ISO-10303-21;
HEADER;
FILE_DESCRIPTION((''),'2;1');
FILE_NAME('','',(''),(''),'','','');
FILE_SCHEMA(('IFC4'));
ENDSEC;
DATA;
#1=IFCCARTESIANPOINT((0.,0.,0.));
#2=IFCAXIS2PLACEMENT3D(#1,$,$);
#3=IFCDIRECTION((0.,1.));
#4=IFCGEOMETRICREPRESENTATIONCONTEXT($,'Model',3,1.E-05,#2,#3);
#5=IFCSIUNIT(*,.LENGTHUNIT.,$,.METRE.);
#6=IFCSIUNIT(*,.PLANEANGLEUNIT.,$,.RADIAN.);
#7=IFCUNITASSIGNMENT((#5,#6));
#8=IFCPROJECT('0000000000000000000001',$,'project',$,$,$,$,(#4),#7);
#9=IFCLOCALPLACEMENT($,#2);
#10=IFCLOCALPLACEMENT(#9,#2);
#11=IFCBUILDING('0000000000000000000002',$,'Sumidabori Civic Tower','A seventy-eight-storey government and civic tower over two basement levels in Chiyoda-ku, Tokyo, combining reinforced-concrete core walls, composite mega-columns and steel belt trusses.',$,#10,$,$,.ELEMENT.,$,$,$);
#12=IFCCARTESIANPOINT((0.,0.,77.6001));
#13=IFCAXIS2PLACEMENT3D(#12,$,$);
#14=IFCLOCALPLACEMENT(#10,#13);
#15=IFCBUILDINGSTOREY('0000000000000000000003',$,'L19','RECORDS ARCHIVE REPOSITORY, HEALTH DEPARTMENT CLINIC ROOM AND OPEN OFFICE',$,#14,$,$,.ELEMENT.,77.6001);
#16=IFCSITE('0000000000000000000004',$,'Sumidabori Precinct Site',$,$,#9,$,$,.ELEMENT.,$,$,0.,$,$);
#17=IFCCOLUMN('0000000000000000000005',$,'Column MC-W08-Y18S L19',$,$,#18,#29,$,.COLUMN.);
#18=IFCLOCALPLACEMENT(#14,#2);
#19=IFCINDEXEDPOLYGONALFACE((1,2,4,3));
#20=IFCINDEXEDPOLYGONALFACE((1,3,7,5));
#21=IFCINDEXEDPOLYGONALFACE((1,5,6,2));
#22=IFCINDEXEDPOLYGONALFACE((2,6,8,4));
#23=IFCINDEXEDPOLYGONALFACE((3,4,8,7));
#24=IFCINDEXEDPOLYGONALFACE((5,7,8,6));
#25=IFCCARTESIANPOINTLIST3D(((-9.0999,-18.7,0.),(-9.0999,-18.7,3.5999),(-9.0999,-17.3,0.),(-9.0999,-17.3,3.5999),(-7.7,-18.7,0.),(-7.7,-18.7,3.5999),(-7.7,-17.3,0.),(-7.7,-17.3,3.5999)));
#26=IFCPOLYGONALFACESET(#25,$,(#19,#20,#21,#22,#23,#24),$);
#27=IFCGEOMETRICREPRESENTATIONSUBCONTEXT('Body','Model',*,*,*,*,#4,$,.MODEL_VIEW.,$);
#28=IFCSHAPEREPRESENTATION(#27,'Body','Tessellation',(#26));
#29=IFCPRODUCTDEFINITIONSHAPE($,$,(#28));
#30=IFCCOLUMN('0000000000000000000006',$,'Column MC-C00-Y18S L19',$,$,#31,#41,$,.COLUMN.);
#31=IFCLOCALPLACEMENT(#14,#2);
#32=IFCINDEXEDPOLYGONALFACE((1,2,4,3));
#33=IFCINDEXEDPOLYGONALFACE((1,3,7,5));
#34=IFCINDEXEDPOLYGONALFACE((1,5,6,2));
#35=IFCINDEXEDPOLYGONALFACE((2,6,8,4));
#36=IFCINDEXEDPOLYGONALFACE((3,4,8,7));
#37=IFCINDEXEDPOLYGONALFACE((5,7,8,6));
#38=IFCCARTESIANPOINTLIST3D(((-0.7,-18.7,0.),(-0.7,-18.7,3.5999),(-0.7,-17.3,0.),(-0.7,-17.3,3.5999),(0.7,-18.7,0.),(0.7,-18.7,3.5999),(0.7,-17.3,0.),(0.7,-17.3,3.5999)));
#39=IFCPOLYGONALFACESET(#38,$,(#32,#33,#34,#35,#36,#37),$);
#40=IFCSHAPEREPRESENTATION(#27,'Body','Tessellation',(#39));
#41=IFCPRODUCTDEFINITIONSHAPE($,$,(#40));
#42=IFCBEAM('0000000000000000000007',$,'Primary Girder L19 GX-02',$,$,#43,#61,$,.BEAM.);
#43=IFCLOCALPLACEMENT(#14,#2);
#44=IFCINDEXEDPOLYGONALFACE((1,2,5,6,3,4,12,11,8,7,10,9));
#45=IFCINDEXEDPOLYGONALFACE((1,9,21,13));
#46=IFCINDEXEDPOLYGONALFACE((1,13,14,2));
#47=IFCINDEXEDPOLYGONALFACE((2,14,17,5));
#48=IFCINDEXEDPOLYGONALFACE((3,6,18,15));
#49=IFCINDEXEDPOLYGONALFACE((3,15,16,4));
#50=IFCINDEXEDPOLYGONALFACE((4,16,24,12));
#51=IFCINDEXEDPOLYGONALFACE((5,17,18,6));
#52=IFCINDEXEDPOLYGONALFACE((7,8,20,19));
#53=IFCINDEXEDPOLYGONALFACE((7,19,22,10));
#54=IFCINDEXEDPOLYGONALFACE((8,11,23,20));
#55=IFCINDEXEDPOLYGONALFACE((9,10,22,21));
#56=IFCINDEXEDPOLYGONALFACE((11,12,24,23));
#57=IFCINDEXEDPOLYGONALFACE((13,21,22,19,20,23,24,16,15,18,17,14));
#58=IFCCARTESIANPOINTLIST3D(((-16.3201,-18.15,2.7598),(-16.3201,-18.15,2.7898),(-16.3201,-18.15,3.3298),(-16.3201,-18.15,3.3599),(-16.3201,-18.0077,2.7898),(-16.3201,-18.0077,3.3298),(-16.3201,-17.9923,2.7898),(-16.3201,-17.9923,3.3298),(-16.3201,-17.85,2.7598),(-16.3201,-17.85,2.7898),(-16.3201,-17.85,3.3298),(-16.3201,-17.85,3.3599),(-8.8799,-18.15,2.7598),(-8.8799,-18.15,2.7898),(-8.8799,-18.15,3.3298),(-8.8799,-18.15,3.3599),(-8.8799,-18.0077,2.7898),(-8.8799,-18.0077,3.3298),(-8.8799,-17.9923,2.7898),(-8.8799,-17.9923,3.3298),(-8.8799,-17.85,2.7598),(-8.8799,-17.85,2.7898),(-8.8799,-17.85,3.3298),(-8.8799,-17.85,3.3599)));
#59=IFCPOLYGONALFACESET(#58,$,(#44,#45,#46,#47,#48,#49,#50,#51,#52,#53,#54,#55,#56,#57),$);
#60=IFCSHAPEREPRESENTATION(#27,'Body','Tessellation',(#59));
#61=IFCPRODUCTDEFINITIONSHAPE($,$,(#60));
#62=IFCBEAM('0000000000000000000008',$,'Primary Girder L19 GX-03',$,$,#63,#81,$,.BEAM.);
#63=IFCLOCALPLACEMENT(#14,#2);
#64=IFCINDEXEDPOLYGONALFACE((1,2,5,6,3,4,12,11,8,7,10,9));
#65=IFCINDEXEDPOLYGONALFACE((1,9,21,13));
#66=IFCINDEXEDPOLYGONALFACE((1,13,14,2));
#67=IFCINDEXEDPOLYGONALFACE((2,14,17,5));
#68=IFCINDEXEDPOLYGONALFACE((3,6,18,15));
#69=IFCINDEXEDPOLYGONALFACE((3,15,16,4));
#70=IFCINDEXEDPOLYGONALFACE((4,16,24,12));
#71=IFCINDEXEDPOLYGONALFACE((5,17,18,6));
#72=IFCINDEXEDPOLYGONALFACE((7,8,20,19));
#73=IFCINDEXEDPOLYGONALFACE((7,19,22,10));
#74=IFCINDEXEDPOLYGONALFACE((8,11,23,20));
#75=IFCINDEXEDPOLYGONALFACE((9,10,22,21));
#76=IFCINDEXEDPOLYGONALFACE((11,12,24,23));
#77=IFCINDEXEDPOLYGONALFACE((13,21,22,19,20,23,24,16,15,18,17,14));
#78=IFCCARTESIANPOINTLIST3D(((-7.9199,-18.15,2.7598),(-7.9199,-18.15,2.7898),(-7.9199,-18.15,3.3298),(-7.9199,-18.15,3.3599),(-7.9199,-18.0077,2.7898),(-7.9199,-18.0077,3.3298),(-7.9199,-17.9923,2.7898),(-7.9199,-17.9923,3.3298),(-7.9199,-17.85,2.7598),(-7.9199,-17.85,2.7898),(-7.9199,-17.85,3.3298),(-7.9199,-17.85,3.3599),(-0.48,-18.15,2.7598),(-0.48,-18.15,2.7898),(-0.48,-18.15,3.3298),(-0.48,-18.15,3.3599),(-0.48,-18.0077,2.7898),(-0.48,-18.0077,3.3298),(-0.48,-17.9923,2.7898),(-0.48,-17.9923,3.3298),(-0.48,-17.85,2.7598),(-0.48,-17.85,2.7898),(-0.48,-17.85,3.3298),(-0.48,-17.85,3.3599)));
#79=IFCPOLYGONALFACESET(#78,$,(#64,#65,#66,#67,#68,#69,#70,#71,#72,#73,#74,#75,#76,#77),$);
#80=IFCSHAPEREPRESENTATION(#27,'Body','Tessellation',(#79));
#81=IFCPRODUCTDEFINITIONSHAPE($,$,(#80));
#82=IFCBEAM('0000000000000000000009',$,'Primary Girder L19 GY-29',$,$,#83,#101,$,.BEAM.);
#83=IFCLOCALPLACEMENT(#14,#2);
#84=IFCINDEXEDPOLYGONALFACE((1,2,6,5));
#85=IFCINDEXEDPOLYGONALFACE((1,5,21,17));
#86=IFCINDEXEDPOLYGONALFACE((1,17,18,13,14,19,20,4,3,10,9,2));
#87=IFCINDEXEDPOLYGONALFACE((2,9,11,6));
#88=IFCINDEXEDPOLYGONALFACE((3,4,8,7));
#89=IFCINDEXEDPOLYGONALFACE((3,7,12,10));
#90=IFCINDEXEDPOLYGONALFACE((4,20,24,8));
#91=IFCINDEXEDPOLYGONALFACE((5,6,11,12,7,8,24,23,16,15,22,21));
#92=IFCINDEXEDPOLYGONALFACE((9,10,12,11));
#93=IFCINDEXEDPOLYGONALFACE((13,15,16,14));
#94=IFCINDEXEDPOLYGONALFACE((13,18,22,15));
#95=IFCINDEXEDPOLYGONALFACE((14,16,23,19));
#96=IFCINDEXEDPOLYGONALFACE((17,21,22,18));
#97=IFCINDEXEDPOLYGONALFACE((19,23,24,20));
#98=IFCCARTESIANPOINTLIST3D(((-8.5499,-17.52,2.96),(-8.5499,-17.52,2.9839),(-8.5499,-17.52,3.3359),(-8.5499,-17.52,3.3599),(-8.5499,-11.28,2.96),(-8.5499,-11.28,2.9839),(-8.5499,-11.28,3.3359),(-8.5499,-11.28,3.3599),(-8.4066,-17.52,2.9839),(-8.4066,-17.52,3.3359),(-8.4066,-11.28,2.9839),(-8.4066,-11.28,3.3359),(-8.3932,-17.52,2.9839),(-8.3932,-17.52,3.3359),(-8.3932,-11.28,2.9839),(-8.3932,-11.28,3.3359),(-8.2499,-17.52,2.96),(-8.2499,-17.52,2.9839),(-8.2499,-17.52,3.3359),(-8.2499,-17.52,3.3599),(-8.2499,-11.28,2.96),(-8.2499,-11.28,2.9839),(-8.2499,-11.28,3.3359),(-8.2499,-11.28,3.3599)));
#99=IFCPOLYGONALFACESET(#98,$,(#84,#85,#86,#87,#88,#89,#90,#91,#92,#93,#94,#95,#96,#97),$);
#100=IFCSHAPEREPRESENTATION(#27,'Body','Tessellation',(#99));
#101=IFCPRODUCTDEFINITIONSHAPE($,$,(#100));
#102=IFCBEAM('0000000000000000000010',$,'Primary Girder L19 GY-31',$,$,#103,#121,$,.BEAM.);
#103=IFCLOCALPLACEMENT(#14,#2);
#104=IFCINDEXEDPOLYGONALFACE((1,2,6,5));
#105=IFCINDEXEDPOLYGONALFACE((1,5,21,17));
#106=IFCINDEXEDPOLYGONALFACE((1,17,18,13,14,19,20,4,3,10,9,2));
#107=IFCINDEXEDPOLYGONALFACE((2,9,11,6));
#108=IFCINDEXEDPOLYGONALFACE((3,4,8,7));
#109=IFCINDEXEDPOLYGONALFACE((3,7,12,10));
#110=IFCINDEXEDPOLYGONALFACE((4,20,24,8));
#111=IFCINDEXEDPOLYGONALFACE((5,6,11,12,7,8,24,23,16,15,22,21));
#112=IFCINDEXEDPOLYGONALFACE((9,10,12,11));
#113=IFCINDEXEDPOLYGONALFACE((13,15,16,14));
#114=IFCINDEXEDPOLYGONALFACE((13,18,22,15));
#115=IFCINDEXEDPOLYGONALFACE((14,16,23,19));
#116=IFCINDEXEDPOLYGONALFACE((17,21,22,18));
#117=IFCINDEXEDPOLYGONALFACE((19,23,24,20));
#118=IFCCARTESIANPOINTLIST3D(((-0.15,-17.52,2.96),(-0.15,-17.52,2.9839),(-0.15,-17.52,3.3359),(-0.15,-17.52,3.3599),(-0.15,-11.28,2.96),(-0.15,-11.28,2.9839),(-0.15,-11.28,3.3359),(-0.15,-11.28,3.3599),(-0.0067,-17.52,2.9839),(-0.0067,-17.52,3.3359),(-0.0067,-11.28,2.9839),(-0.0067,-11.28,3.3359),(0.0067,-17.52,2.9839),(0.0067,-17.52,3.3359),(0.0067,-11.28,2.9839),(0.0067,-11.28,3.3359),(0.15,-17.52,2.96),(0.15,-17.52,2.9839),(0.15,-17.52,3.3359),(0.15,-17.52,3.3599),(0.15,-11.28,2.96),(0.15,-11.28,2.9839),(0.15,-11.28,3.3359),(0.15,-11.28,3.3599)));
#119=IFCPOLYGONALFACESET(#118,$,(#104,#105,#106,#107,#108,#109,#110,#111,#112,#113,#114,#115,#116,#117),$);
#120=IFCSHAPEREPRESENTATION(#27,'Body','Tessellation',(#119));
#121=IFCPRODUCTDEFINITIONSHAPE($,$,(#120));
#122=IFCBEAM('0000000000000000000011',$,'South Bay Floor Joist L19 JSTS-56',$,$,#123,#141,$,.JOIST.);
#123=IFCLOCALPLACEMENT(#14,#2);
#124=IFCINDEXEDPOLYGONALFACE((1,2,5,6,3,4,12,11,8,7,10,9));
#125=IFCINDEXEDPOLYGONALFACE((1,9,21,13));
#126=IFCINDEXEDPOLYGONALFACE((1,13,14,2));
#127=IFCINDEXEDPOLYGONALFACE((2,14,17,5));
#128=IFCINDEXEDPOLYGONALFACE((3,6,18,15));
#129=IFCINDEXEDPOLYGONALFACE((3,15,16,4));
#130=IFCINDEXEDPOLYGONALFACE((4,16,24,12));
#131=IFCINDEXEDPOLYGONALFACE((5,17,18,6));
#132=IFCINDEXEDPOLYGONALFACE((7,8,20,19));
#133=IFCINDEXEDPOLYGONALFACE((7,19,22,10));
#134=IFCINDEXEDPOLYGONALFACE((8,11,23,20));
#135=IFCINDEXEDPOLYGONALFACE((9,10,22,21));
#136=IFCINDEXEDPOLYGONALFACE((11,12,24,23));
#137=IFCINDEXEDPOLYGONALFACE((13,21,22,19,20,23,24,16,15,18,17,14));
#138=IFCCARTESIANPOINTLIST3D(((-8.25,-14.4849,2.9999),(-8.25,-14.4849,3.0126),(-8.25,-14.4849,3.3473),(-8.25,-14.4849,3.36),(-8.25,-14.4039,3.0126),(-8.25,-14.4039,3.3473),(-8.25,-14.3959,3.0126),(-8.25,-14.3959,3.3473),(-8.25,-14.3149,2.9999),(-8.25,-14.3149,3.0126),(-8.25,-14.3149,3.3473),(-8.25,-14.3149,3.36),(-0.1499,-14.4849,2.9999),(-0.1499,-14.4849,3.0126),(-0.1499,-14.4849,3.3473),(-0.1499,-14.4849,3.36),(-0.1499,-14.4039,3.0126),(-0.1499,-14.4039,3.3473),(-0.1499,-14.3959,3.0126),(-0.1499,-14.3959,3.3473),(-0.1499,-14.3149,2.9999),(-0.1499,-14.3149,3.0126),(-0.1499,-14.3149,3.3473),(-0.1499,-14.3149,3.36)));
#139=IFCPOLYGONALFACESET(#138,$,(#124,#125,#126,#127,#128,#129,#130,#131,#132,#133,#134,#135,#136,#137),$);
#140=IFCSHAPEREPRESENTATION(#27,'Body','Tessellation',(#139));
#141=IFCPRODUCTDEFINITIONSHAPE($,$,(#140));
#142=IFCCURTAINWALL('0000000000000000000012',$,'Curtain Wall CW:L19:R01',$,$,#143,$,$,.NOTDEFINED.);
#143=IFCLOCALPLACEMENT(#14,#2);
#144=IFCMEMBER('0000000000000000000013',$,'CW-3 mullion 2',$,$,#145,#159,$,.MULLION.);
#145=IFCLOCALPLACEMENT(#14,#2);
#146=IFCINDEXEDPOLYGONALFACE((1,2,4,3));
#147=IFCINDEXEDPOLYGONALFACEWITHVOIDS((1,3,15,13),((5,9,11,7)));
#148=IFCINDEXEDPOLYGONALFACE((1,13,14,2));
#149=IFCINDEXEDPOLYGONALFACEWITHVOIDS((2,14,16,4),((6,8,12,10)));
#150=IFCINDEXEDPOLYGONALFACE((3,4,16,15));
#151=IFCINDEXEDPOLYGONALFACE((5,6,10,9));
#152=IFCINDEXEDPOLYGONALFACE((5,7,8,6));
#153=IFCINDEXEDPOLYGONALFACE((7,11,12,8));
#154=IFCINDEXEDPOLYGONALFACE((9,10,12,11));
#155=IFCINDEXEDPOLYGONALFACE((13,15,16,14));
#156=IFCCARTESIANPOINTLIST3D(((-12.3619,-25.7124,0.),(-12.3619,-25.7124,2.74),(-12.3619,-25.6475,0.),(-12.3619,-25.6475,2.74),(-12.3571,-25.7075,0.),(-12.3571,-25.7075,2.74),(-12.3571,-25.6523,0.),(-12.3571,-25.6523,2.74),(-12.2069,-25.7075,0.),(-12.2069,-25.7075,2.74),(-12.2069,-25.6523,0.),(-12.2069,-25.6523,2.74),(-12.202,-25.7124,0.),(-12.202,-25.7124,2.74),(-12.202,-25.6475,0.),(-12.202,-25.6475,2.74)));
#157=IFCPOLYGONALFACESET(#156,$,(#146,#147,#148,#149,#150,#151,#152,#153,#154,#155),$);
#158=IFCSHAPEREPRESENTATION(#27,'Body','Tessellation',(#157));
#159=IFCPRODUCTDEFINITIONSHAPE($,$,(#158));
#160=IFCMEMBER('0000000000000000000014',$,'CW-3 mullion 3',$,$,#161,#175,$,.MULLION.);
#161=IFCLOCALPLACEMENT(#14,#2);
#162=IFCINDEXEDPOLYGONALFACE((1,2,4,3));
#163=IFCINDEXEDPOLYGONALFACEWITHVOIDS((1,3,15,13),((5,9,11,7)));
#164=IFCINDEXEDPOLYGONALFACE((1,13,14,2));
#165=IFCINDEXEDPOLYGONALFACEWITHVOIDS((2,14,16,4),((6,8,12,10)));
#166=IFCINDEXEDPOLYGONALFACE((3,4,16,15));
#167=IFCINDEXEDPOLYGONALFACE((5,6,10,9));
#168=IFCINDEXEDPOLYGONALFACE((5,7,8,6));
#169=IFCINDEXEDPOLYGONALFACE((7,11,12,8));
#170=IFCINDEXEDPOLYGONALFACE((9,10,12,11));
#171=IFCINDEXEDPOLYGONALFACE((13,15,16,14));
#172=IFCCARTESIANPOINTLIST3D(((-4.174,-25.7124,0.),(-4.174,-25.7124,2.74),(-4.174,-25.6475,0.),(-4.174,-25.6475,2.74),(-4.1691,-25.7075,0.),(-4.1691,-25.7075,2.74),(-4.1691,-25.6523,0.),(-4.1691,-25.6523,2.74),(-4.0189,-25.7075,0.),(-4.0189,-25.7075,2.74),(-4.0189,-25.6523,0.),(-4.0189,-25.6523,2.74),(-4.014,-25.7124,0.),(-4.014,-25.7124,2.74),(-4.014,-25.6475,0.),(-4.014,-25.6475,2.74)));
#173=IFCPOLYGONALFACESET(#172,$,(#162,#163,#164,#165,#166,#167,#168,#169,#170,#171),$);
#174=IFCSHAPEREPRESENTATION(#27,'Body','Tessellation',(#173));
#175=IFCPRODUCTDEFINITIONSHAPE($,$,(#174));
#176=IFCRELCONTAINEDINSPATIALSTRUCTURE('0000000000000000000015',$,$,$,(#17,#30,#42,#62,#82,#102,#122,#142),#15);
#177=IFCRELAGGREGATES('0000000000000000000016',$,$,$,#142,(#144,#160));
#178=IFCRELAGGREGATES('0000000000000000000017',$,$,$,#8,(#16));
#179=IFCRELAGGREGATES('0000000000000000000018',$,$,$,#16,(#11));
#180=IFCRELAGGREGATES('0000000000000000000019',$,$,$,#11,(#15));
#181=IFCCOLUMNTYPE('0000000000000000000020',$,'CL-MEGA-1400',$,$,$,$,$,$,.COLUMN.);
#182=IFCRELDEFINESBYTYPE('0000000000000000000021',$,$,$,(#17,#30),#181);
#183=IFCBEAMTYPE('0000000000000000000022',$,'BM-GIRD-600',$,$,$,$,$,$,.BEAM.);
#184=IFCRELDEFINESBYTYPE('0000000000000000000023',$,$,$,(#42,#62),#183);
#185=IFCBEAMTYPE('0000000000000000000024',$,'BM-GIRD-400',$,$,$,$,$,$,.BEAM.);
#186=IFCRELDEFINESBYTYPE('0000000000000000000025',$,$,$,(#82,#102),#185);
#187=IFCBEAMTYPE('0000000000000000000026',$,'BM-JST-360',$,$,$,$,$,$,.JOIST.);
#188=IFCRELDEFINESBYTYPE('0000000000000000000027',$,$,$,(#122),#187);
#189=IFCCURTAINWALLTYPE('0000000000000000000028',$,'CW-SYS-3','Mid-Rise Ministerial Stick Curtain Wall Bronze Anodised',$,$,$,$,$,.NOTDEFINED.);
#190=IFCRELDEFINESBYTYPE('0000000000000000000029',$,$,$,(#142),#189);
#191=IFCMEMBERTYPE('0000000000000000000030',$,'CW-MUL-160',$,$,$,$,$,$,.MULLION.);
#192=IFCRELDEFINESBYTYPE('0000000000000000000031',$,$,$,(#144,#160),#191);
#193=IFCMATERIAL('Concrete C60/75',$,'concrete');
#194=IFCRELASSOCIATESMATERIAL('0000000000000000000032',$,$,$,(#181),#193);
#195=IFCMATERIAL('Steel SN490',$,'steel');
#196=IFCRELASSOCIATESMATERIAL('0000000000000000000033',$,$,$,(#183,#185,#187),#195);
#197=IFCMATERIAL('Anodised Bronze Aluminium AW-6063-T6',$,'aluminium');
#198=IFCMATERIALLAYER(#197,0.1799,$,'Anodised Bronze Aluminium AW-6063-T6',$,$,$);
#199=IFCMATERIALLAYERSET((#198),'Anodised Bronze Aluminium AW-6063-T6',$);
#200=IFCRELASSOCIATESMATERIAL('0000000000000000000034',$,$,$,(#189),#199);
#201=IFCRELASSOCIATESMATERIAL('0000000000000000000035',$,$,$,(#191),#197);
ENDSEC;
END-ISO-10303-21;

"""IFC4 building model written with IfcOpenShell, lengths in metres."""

from ifc_helpers import new_model, si_unit, direction, frame, origin, origin_2d, place, context, subcontext, project, spatial, rectangle, hollow_rectangle, i_section, extrude, source, transform, mapped, material, layer, layer_set, material_profile, profile_set, type_object, element, aggregate, save


model = new_model("IFC4")

# Units and contexts
model_context = context("Model", 3, precision=1e-05, world=origin(), true_north=direction((0.0, 1.0)))
body_context = subcontext(model_context, "Body", "Model", "MODEL_VIEW")
ifc_project = project(units=[si_unit("LENGTHUNIT", "METRE"), si_unit("PLANEANGLEUNIT", "RADIAN")], contexts=[model_context])

# Site, building, storey
site_placement = place(None, origin())
site = spatial("IfcSite", under=ifc_project, at=site_placement, Name="Sumidabori Precinct Site", CompositionType="ELEMENT", RefElevation=0.0)
building_placement = place(site_placement, origin())
building = spatial("IfcBuilding", under=site, at=building_placement, Name="Sumidabori Civic Tower", Description="A seventy-eight-storey government and civic tower over two basement levels in Chiyoda-ku, Tokyo, combining reinforced-concrete core walls, composite mega-columns and steel belt trusses.", CompositionType="ELEMENT")
storey_placement = place(building_placement, frame((0.0, 0.0, 77.6001)))
storey = spatial("IfcBuildingStorey", under=building, at=storey_placement, Name="L19", Description="RECORDS ARCHIVE REPOSITORY, HEALTH DEPARTMENT CLINIC ROOM AND OPEN OFFICE", CompositionType="ELEMENT", Elevation=77.6001)

# Columns
ifc_material_1 = material(Name="Concrete C60/75", Category="concrete")
ifc_material_profile_1 = material_profile(ifc_material_1, rectangle(XDim=1.3999, YDim=1.3999, at=origin_2d()), Name="RC 1400x1400")
ifc_profile_set_1 = profile_set([ifc_material_profile_1], Name="Concrete C60/75")
column_type = type_object("IfcColumnType", Name="CL-MEGA-1400", PredefinedType="COLUMN", material=ifc_profile_set_1)
shared_shape_1 = source(origin(), body_context, "Body", "SweptSolid", [
    extrude(rectangle(XDim=1.3999, YDim=1.3999, at=origin_2d()), origin(), (0.0, 0.0, 1.0), 3.5999),
])
for number, where, z_axis, x_axis, name in (
    (1, (-8.3999, -18.0, 0.0), (0.0, 0.0, 1.0), (1.0, 0.0, 0.0), "Column MC-W08-Y18S L19"),
    (2, (0.0, -18.0, 0.0), (0.0, 0.0, 1.0), (1.0, 0.0, 0.0), "Column MC-C00-Y18S L19"),
):
    element("IfcColumn", number, at=place(storey_placement, frame(where, z_axis=z_axis, x_axis=x_axis)), inside=storey, type_object=column_type, Name=name, PredefinedType="COLUMN", context=body_context, shape_type="MappedRepresentation", body=[
        mapped(shared_shape_1, transform((0.0, 0.0, 0.0), x_axis=(1.0, 0.0, 0.0), y_axis=(0.0, 1.0, 0.0), z_axis=(0.0, 0.0, 1.0), scale=1.0)),
    ])

# Beams
ifc_material_2 = material(Name="Steel SN490", Category="steel")
ifc_material_profile_2 = material_profile(ifc_material_2, i_section(OverallWidth=0.3, OverallDepth=0.6001, WebThickness=0.0154, FlangeThickness=0.03, at=origin_2d()), Name="HE 600 B")
ifc_profile_set_2 = profile_set([ifc_material_profile_2], Name="Steel SN490")
beam_type_1 = type_object("IfcBeamType", Name="BM-GIRD-600", PredefinedType="BEAM", material=ifc_profile_set_2)
shared_shape_2 = source(origin(), body_context, "Body", "SweptSolid", [
    extrude(i_section(OverallWidth=0.3, OverallDepth=0.6001, WebThickness=0.0154, FlangeThickness=0.03, at=origin_2d()), origin(), (0.0, 0.0, 1.0), 7.4402),
])
beam_1_placement = place(storey_placement, frame((-16.3201, -18.0, 3.0598), z_axis=(1.0, 0.0, 0.0), x_axis=(0.0, 1.0, 0.0)))
element("IfcBeam", 3, at=beam_1_placement, inside=storey, type_object=beam_type_1, Name="Primary Girder L19 GX-02", PredefinedType="BEAM", context=body_context, shape_type="MappedRepresentation", body=[
    mapped(shared_shape_2, transform((0.0, 0.0, 0.0), x_axis=(1.0, 0.0, 0.0), y_axis=(0.0, 1.0, 0.0), z_axis=(0.0, 0.0, 1.0), scale=1.0)),
])
shared_shape_3 = source(origin(), body_context, "Body", "SweptSolid", [
    extrude(i_section(OverallWidth=0.3, OverallDepth=0.6001, WebThickness=0.0154, FlangeThickness=0.03, at=origin_2d()), origin(), (0.0, 0.0, 1.0), 7.4399),
])
beam_2_placement = place(storey_placement, frame((-7.9199, -18.0, 3.0598), z_axis=(1.0, 0.0, 0.0), x_axis=(0.0, 1.0, 0.0)))
element("IfcBeam", 4, at=beam_2_placement, inside=storey, type_object=beam_type_1, Name="Primary Girder L19 GX-03", PredefinedType="BEAM", context=body_context, shape_type="MappedRepresentation", body=[
    mapped(shared_shape_3, transform((0.0, 0.0, 0.0), x_axis=(1.0, 0.0, 0.0), y_axis=(0.0, 1.0, 0.0), z_axis=(0.0, 0.0, 1.0), scale=1.0)),
])
ifc_material_profile_3 = material_profile(ifc_material_2, i_section(OverallWidth=0.3, OverallDepth=0.3999, WebThickness=0.0134, FlangeThickness=0.0239, at=origin_2d()), Name="HE 400 B")
ifc_profile_set_3 = profile_set([ifc_material_profile_3], Name="Steel SN490")
beam_type_2 = type_object("IfcBeamType", Name="BM-GIRD-400", PredefinedType="BEAM", material=ifc_profile_set_3)
shared_shape_4 = source(origin(), body_context, "Body", "SweptSolid", [
    extrude(i_section(OverallWidth=0.3, OverallDepth=0.3999, WebThickness=0.0134, FlangeThickness=0.0239, at=origin_2d()), origin(), (0.0, 0.0, 1.0), 6.24),
])
for number, where, z_axis, x_axis, name in (
    (5, (-8.3999, -17.52, 3.1599), (0.0, 1.0, 0.0), (-1.0, 0.0, 0.0), "Primary Girder L19 GY-29"),
    (6, (0.0, -17.52, 3.1599), (0.0, 1.0, 0.0), (-1.0, 0.0, 0.0), "Primary Girder L19 GY-31"),
):
    element("IfcBeam", number, at=place(storey_placement, frame(where, z_axis=z_axis, x_axis=x_axis)), inside=storey, type_object=beam_type_2, Name=name, PredefinedType="BEAM", context=body_context, shape_type="MappedRepresentation", body=[
        mapped(shared_shape_4, transform((0.0, 0.0, 0.0), x_axis=(1.0, 0.0, 0.0), y_axis=(0.0, 1.0, 0.0), z_axis=(0.0, 0.0, 1.0), scale=1.0)),
    ])
ifc_material_profile_4 = material_profile(ifc_material_2, i_section(OverallWidth=0.1699, OverallDepth=0.3601, WebThickness=0.0081, FlangeThickness=0.0127, at=origin_2d()), Name="IPE 360")
ifc_profile_set_4 = profile_set([ifc_material_profile_4], Name="Steel SN490")
beam_type_3 = type_object("IfcBeamType", Name="BM-JST-360", PredefinedType="JOIST", material=ifc_profile_set_4)
shared_shape_5 = source(origin(), body_context, "Body", "SweptSolid", [
    extrude(i_section(OverallWidth=0.1699, OverallDepth=0.3601, WebThickness=0.0081, FlangeThickness=0.0127, at=origin_2d()), origin(), (0.0, 0.0, 1.0), 8.1001),
])
beam_3_placement = place(storey_placement, frame((-8.25, -14.3999, 3.1799), z_axis=(1.0, 0.0, 0.0), x_axis=(0.0, 1.0, 0.0)))
element("IfcBeam", 7, at=beam_3_placement, inside=storey, type_object=beam_type_3, Name="South Bay Floor Joist L19 JSTS-56", PredefinedType="JOIST", context=body_context, shape_type="MappedRepresentation", body=[
    mapped(shared_shape_5, transform((0.0, 0.0, 0.0), x_axis=(1.0, 0.0, 0.0), y_axis=(0.0, 1.0, 0.0), z_axis=(0.0, 0.0, 1.0), scale=1.0)),
])

# Curtain wall, members
ifc_material_3 = material(Name="Anodised Bronze Aluminium AW-6063-T6", Category="aluminium")
ifc_layer_1 = layer(ifc_material_3, 0.1799, Name="Anodised Bronze Aluminium AW-6063-T6")
ifc_layer_set_1 = layer_set([ifc_layer_1], Name="Anodised Bronze Aluminium AW-6063-T6")
curtain_wall_type = type_object("IfcCurtainWallType", Name="CW-SYS-3", Description="Mid-Rise Ministerial Stick Curtain Wall Bronze Anodised", PredefinedType="NOTDEFINED", material=ifc_layer_set_1)
curtain_wall_placement = place(storey_placement, origin())
curtain_wall = element("IfcCurtainWall", 8, at=curtain_wall_placement, inside=storey, type_object=curtain_wall_type, Name="Curtain Wall CW:L19:R01", PredefinedType="NOTDEFINED")
ifc_material_profile_5 = material_profile(ifc_material_3, hollow_rectangle(XDim=0.0649, YDim=0.1599, WallThickness=0.0049, at=origin_2d()), Name="ALU MULLION 160x65")
ifc_profile_set_5 = profile_set([ifc_material_profile_5], Name="Anodised Bronze Aluminium AW-6063-T6")
member_type_1 = type_object("IfcMemberType", Name="CW-MUL-160", PredefinedType="MULLION", material=ifc_profile_set_5)
shared_shape_6 = source(origin(), body_context, "Body", "SweptSolid", [
    extrude(hollow_rectangle(XDim=0.0649, YDim=0.1599, WallThickness=0.0049, at=origin_2d()), origin(), (0.0, 0.0, 1.0), 2.74),
])
member_1_placement = place(storey_placement, frame((-12.282, -25.6799, 0.0), z_axis=(0.0, 0.0, 1.0), x_axis=(0.0, 1.0, 0.0)))
member_1 = element("IfcMember", 9, at=member_1_placement, type_object=member_type_1, Name="CW-3 mullion 2", PredefinedType="MULLION", context=body_context, shape_type="MappedRepresentation", body=[
    mapped(shared_shape_6, transform((0.0, 0.0, 0.0), x_axis=(1.0, 0.0, 0.0), y_axis=(0.0, 1.0, 0.0), z_axis=(0.0, 0.0, 1.0), scale=1.0)),
])
member_2_placement = place(storey_placement, frame((-4.094, -25.6799, 0.0), z_axis=(0.0, 0.0, 1.0), x_axis=(0.0, 1.0, 0.0)))
member_2 = element("IfcMember", 10, at=member_2_placement, type_object=member_type_1, Name="CW-3 mullion 3", PredefinedType="MULLION", context=body_context, shape_type="MappedRepresentation", body=[
    mapped(shared_shape_6, transform((0.0, 0.0, 0.0), x_axis=(1.0, 0.0, 0.0), y_axis=(0.0, 1.0, 0.0), z_axis=(0.0, 0.0, 1.0), scale=1.0)),
])
aggregate(curtain_wall, [member_1, member_2])

save(model, "model.ifc")
